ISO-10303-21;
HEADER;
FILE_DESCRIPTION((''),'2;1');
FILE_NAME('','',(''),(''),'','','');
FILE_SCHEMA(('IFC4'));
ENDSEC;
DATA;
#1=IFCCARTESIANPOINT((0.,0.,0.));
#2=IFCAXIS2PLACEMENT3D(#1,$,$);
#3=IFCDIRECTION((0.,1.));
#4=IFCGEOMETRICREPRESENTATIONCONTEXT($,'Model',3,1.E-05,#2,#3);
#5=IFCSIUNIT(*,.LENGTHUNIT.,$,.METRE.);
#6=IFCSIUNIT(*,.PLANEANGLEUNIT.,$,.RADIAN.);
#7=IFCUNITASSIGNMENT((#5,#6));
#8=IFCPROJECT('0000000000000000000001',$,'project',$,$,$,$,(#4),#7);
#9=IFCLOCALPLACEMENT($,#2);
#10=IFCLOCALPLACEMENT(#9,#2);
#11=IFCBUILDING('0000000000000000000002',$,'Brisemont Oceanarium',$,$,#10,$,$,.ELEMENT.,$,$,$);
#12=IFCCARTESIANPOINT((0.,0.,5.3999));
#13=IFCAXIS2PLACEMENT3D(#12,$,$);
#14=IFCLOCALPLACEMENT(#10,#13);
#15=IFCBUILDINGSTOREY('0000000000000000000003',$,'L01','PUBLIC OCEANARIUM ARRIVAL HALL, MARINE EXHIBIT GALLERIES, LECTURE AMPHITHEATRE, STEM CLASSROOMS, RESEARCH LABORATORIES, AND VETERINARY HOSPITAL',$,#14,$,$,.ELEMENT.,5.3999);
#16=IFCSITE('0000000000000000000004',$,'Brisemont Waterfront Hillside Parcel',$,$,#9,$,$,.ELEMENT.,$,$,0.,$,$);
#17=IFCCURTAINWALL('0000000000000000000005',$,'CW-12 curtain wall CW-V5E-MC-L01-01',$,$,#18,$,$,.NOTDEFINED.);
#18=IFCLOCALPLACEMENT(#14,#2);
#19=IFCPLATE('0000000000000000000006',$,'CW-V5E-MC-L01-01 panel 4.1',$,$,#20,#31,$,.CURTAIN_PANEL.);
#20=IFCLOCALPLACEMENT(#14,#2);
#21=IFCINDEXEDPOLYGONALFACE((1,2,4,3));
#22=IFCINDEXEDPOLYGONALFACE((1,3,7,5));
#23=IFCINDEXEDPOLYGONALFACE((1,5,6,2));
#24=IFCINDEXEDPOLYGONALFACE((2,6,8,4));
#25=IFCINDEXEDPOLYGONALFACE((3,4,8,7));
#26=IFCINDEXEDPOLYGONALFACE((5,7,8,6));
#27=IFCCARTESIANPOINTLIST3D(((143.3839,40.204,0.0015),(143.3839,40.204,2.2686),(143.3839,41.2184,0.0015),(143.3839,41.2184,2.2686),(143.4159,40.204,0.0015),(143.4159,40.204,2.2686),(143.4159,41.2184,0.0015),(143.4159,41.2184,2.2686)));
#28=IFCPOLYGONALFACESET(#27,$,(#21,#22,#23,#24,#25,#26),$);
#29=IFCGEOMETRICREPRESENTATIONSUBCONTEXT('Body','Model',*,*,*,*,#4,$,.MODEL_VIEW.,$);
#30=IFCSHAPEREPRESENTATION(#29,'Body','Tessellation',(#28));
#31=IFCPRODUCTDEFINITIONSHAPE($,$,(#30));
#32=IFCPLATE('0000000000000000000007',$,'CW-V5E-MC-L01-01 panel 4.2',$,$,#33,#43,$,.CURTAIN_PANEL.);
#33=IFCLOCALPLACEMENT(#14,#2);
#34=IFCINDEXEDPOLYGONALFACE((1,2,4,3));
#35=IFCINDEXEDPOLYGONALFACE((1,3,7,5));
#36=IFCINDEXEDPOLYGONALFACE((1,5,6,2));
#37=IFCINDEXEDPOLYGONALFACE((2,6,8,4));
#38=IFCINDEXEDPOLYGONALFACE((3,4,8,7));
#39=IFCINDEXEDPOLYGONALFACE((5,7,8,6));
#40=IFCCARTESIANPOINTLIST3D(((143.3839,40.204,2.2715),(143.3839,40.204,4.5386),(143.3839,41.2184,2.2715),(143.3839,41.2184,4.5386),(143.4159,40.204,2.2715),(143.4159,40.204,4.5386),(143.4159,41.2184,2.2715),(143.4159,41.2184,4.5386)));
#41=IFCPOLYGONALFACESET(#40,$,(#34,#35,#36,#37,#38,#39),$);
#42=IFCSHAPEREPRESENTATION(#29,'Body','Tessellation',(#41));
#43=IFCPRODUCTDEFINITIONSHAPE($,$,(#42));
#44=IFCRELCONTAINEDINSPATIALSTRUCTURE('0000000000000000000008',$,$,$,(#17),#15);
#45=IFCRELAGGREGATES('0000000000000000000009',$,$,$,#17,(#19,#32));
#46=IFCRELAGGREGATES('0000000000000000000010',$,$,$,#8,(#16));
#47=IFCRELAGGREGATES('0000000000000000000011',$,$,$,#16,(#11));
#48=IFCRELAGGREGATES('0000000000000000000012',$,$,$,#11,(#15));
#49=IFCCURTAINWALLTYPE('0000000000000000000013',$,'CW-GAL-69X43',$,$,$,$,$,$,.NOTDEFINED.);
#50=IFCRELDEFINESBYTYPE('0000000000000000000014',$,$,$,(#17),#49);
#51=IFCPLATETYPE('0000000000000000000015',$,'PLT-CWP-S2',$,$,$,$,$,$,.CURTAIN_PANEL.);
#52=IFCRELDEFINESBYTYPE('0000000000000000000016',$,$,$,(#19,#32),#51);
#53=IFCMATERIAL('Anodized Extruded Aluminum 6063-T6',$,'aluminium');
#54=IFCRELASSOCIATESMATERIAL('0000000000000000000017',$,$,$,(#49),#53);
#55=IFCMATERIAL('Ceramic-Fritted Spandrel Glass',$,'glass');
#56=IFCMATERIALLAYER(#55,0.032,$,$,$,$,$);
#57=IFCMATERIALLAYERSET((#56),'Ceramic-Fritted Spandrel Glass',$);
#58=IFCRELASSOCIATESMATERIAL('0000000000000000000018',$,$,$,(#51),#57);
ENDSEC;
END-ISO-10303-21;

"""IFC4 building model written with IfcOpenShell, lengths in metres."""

from ifc_helpers import new_model, si_unit, direction, frame, origin, origin_2d, place, context, subcontext, project, spatial, rectangle, extrude, material, layer, layer_set, type_object, element, aggregate, save


model = new_model("IFC4")

# Units and contexts
model_context = context("Model", 3, precision=1e-05, world=origin(), true_north=direction((0.0, 1.0)))
body_context = subcontext(model_context, "Body", "Model", "MODEL_VIEW")
ifc_project = project(units=[si_unit("LENGTHUNIT", "METRE"), si_unit("PLANEANGLEUNIT", "RADIAN")], contexts=[model_context])

# Site, building, storey
site_placement = place(None, origin())
site = spatial("IfcSite", under=ifc_project, at=site_placement, Name="Brisemont Waterfront Hillside Parcel", CompositionType="ELEMENT", RefElevation=0.0)
building_placement = place(site_placement, origin())
building = spatial("IfcBuilding", under=site, at=building_placement, Name="Brisemont Oceanarium", CompositionType="ELEMENT")
storey_placement = place(building_placement, frame((0.0, 0.0, 5.3999)))
storey = spatial("IfcBuildingStorey", under=building, at=storey_placement, Name="L01", Description="PUBLIC OCEANARIUM ARRIVAL HALL, MARINE EXHIBIT GALLERIES, LECTURE AMPHITHEATRE, STEM CLASSROOMS, RESEARCH LABORATORIES, AND VETERINARY HOSPITAL", CompositionType="ELEMENT", Elevation=5.3999)

# Curtain wall
ifc_material_1 = material(Name="Anodized Extruded Aluminum 6063-T6", Category="aluminium")
curtain_wall_type = type_object("IfcCurtainWallType", Name="CW-GAL-69X43", PredefinedType="NOTDEFINED", material=ifc_material_1)
curtain_wall_1_placement = place(storey_placement, origin())
curtain_wall_1 = element("IfcCurtainWall", 1, at=curtain_wall_1_placement, inside=storey, type_object=curtain_wall_type, Name="CW-12 curtain wall CW-V5E-MC-L01-01", PredefinedType="NOTDEFINED")

# Plates
ifc_material_2 = material(Name="Ceramic-Fritted Spandrel Glass", Category="glass")
ifc_layer = layer(ifc_material_2, 0.032)
ifc_layer_set = layer_set([ifc_layer], Name="Ceramic-Fritted Spandrel Glass")
plate_type = type_object("IfcPlateType", Name="PLT-CWP-S2", PredefinedType="CURTAIN_PANEL", material=ifc_layer_set)
plate_1_placement = place(storey_placement, frame((143.3999, 40.7112, 0.0015), z_axis=(0.0, 0.0, 1.0), x_axis=(0.0, 1.0, 0.0)))
plate_1 = element("IfcPlate", 2, at=plate_1_placement, type_object=plate_type, Name="CW-V5E-MC-L01-01 panel 4.1", PredefinedType="CURTAIN_PANEL", context=body_context, shape_type="SweptSolid", body=[
    extrude(rectangle(XDim=1.0144, YDim=0.032, at=origin_2d()), origin(), (0.0, 0.0, 1.0), 2.2671),
])
plate_2_placement = place(storey_placement, frame((143.3999, 40.7112, 2.2715), z_axis=(0.0, 0.0, 1.0), x_axis=(0.0, 1.0, 0.0)))
plate_2 = element("IfcPlate", 3, at=plate_2_placement, type_object=plate_type, Name="CW-V5E-MC-L01-01 panel 4.2", PredefinedType="CURTAIN_PANEL", context=body_context, shape_type="SweptSolid", body=[
    extrude(rectangle(XDim=1.0144, YDim=0.032, at=origin_2d()), origin(), (0.0, 0.0, 1.0), 2.2671),
])
aggregate(curtain_wall_1, [plate_1, plate_2])

save(model, "model.ifc")
